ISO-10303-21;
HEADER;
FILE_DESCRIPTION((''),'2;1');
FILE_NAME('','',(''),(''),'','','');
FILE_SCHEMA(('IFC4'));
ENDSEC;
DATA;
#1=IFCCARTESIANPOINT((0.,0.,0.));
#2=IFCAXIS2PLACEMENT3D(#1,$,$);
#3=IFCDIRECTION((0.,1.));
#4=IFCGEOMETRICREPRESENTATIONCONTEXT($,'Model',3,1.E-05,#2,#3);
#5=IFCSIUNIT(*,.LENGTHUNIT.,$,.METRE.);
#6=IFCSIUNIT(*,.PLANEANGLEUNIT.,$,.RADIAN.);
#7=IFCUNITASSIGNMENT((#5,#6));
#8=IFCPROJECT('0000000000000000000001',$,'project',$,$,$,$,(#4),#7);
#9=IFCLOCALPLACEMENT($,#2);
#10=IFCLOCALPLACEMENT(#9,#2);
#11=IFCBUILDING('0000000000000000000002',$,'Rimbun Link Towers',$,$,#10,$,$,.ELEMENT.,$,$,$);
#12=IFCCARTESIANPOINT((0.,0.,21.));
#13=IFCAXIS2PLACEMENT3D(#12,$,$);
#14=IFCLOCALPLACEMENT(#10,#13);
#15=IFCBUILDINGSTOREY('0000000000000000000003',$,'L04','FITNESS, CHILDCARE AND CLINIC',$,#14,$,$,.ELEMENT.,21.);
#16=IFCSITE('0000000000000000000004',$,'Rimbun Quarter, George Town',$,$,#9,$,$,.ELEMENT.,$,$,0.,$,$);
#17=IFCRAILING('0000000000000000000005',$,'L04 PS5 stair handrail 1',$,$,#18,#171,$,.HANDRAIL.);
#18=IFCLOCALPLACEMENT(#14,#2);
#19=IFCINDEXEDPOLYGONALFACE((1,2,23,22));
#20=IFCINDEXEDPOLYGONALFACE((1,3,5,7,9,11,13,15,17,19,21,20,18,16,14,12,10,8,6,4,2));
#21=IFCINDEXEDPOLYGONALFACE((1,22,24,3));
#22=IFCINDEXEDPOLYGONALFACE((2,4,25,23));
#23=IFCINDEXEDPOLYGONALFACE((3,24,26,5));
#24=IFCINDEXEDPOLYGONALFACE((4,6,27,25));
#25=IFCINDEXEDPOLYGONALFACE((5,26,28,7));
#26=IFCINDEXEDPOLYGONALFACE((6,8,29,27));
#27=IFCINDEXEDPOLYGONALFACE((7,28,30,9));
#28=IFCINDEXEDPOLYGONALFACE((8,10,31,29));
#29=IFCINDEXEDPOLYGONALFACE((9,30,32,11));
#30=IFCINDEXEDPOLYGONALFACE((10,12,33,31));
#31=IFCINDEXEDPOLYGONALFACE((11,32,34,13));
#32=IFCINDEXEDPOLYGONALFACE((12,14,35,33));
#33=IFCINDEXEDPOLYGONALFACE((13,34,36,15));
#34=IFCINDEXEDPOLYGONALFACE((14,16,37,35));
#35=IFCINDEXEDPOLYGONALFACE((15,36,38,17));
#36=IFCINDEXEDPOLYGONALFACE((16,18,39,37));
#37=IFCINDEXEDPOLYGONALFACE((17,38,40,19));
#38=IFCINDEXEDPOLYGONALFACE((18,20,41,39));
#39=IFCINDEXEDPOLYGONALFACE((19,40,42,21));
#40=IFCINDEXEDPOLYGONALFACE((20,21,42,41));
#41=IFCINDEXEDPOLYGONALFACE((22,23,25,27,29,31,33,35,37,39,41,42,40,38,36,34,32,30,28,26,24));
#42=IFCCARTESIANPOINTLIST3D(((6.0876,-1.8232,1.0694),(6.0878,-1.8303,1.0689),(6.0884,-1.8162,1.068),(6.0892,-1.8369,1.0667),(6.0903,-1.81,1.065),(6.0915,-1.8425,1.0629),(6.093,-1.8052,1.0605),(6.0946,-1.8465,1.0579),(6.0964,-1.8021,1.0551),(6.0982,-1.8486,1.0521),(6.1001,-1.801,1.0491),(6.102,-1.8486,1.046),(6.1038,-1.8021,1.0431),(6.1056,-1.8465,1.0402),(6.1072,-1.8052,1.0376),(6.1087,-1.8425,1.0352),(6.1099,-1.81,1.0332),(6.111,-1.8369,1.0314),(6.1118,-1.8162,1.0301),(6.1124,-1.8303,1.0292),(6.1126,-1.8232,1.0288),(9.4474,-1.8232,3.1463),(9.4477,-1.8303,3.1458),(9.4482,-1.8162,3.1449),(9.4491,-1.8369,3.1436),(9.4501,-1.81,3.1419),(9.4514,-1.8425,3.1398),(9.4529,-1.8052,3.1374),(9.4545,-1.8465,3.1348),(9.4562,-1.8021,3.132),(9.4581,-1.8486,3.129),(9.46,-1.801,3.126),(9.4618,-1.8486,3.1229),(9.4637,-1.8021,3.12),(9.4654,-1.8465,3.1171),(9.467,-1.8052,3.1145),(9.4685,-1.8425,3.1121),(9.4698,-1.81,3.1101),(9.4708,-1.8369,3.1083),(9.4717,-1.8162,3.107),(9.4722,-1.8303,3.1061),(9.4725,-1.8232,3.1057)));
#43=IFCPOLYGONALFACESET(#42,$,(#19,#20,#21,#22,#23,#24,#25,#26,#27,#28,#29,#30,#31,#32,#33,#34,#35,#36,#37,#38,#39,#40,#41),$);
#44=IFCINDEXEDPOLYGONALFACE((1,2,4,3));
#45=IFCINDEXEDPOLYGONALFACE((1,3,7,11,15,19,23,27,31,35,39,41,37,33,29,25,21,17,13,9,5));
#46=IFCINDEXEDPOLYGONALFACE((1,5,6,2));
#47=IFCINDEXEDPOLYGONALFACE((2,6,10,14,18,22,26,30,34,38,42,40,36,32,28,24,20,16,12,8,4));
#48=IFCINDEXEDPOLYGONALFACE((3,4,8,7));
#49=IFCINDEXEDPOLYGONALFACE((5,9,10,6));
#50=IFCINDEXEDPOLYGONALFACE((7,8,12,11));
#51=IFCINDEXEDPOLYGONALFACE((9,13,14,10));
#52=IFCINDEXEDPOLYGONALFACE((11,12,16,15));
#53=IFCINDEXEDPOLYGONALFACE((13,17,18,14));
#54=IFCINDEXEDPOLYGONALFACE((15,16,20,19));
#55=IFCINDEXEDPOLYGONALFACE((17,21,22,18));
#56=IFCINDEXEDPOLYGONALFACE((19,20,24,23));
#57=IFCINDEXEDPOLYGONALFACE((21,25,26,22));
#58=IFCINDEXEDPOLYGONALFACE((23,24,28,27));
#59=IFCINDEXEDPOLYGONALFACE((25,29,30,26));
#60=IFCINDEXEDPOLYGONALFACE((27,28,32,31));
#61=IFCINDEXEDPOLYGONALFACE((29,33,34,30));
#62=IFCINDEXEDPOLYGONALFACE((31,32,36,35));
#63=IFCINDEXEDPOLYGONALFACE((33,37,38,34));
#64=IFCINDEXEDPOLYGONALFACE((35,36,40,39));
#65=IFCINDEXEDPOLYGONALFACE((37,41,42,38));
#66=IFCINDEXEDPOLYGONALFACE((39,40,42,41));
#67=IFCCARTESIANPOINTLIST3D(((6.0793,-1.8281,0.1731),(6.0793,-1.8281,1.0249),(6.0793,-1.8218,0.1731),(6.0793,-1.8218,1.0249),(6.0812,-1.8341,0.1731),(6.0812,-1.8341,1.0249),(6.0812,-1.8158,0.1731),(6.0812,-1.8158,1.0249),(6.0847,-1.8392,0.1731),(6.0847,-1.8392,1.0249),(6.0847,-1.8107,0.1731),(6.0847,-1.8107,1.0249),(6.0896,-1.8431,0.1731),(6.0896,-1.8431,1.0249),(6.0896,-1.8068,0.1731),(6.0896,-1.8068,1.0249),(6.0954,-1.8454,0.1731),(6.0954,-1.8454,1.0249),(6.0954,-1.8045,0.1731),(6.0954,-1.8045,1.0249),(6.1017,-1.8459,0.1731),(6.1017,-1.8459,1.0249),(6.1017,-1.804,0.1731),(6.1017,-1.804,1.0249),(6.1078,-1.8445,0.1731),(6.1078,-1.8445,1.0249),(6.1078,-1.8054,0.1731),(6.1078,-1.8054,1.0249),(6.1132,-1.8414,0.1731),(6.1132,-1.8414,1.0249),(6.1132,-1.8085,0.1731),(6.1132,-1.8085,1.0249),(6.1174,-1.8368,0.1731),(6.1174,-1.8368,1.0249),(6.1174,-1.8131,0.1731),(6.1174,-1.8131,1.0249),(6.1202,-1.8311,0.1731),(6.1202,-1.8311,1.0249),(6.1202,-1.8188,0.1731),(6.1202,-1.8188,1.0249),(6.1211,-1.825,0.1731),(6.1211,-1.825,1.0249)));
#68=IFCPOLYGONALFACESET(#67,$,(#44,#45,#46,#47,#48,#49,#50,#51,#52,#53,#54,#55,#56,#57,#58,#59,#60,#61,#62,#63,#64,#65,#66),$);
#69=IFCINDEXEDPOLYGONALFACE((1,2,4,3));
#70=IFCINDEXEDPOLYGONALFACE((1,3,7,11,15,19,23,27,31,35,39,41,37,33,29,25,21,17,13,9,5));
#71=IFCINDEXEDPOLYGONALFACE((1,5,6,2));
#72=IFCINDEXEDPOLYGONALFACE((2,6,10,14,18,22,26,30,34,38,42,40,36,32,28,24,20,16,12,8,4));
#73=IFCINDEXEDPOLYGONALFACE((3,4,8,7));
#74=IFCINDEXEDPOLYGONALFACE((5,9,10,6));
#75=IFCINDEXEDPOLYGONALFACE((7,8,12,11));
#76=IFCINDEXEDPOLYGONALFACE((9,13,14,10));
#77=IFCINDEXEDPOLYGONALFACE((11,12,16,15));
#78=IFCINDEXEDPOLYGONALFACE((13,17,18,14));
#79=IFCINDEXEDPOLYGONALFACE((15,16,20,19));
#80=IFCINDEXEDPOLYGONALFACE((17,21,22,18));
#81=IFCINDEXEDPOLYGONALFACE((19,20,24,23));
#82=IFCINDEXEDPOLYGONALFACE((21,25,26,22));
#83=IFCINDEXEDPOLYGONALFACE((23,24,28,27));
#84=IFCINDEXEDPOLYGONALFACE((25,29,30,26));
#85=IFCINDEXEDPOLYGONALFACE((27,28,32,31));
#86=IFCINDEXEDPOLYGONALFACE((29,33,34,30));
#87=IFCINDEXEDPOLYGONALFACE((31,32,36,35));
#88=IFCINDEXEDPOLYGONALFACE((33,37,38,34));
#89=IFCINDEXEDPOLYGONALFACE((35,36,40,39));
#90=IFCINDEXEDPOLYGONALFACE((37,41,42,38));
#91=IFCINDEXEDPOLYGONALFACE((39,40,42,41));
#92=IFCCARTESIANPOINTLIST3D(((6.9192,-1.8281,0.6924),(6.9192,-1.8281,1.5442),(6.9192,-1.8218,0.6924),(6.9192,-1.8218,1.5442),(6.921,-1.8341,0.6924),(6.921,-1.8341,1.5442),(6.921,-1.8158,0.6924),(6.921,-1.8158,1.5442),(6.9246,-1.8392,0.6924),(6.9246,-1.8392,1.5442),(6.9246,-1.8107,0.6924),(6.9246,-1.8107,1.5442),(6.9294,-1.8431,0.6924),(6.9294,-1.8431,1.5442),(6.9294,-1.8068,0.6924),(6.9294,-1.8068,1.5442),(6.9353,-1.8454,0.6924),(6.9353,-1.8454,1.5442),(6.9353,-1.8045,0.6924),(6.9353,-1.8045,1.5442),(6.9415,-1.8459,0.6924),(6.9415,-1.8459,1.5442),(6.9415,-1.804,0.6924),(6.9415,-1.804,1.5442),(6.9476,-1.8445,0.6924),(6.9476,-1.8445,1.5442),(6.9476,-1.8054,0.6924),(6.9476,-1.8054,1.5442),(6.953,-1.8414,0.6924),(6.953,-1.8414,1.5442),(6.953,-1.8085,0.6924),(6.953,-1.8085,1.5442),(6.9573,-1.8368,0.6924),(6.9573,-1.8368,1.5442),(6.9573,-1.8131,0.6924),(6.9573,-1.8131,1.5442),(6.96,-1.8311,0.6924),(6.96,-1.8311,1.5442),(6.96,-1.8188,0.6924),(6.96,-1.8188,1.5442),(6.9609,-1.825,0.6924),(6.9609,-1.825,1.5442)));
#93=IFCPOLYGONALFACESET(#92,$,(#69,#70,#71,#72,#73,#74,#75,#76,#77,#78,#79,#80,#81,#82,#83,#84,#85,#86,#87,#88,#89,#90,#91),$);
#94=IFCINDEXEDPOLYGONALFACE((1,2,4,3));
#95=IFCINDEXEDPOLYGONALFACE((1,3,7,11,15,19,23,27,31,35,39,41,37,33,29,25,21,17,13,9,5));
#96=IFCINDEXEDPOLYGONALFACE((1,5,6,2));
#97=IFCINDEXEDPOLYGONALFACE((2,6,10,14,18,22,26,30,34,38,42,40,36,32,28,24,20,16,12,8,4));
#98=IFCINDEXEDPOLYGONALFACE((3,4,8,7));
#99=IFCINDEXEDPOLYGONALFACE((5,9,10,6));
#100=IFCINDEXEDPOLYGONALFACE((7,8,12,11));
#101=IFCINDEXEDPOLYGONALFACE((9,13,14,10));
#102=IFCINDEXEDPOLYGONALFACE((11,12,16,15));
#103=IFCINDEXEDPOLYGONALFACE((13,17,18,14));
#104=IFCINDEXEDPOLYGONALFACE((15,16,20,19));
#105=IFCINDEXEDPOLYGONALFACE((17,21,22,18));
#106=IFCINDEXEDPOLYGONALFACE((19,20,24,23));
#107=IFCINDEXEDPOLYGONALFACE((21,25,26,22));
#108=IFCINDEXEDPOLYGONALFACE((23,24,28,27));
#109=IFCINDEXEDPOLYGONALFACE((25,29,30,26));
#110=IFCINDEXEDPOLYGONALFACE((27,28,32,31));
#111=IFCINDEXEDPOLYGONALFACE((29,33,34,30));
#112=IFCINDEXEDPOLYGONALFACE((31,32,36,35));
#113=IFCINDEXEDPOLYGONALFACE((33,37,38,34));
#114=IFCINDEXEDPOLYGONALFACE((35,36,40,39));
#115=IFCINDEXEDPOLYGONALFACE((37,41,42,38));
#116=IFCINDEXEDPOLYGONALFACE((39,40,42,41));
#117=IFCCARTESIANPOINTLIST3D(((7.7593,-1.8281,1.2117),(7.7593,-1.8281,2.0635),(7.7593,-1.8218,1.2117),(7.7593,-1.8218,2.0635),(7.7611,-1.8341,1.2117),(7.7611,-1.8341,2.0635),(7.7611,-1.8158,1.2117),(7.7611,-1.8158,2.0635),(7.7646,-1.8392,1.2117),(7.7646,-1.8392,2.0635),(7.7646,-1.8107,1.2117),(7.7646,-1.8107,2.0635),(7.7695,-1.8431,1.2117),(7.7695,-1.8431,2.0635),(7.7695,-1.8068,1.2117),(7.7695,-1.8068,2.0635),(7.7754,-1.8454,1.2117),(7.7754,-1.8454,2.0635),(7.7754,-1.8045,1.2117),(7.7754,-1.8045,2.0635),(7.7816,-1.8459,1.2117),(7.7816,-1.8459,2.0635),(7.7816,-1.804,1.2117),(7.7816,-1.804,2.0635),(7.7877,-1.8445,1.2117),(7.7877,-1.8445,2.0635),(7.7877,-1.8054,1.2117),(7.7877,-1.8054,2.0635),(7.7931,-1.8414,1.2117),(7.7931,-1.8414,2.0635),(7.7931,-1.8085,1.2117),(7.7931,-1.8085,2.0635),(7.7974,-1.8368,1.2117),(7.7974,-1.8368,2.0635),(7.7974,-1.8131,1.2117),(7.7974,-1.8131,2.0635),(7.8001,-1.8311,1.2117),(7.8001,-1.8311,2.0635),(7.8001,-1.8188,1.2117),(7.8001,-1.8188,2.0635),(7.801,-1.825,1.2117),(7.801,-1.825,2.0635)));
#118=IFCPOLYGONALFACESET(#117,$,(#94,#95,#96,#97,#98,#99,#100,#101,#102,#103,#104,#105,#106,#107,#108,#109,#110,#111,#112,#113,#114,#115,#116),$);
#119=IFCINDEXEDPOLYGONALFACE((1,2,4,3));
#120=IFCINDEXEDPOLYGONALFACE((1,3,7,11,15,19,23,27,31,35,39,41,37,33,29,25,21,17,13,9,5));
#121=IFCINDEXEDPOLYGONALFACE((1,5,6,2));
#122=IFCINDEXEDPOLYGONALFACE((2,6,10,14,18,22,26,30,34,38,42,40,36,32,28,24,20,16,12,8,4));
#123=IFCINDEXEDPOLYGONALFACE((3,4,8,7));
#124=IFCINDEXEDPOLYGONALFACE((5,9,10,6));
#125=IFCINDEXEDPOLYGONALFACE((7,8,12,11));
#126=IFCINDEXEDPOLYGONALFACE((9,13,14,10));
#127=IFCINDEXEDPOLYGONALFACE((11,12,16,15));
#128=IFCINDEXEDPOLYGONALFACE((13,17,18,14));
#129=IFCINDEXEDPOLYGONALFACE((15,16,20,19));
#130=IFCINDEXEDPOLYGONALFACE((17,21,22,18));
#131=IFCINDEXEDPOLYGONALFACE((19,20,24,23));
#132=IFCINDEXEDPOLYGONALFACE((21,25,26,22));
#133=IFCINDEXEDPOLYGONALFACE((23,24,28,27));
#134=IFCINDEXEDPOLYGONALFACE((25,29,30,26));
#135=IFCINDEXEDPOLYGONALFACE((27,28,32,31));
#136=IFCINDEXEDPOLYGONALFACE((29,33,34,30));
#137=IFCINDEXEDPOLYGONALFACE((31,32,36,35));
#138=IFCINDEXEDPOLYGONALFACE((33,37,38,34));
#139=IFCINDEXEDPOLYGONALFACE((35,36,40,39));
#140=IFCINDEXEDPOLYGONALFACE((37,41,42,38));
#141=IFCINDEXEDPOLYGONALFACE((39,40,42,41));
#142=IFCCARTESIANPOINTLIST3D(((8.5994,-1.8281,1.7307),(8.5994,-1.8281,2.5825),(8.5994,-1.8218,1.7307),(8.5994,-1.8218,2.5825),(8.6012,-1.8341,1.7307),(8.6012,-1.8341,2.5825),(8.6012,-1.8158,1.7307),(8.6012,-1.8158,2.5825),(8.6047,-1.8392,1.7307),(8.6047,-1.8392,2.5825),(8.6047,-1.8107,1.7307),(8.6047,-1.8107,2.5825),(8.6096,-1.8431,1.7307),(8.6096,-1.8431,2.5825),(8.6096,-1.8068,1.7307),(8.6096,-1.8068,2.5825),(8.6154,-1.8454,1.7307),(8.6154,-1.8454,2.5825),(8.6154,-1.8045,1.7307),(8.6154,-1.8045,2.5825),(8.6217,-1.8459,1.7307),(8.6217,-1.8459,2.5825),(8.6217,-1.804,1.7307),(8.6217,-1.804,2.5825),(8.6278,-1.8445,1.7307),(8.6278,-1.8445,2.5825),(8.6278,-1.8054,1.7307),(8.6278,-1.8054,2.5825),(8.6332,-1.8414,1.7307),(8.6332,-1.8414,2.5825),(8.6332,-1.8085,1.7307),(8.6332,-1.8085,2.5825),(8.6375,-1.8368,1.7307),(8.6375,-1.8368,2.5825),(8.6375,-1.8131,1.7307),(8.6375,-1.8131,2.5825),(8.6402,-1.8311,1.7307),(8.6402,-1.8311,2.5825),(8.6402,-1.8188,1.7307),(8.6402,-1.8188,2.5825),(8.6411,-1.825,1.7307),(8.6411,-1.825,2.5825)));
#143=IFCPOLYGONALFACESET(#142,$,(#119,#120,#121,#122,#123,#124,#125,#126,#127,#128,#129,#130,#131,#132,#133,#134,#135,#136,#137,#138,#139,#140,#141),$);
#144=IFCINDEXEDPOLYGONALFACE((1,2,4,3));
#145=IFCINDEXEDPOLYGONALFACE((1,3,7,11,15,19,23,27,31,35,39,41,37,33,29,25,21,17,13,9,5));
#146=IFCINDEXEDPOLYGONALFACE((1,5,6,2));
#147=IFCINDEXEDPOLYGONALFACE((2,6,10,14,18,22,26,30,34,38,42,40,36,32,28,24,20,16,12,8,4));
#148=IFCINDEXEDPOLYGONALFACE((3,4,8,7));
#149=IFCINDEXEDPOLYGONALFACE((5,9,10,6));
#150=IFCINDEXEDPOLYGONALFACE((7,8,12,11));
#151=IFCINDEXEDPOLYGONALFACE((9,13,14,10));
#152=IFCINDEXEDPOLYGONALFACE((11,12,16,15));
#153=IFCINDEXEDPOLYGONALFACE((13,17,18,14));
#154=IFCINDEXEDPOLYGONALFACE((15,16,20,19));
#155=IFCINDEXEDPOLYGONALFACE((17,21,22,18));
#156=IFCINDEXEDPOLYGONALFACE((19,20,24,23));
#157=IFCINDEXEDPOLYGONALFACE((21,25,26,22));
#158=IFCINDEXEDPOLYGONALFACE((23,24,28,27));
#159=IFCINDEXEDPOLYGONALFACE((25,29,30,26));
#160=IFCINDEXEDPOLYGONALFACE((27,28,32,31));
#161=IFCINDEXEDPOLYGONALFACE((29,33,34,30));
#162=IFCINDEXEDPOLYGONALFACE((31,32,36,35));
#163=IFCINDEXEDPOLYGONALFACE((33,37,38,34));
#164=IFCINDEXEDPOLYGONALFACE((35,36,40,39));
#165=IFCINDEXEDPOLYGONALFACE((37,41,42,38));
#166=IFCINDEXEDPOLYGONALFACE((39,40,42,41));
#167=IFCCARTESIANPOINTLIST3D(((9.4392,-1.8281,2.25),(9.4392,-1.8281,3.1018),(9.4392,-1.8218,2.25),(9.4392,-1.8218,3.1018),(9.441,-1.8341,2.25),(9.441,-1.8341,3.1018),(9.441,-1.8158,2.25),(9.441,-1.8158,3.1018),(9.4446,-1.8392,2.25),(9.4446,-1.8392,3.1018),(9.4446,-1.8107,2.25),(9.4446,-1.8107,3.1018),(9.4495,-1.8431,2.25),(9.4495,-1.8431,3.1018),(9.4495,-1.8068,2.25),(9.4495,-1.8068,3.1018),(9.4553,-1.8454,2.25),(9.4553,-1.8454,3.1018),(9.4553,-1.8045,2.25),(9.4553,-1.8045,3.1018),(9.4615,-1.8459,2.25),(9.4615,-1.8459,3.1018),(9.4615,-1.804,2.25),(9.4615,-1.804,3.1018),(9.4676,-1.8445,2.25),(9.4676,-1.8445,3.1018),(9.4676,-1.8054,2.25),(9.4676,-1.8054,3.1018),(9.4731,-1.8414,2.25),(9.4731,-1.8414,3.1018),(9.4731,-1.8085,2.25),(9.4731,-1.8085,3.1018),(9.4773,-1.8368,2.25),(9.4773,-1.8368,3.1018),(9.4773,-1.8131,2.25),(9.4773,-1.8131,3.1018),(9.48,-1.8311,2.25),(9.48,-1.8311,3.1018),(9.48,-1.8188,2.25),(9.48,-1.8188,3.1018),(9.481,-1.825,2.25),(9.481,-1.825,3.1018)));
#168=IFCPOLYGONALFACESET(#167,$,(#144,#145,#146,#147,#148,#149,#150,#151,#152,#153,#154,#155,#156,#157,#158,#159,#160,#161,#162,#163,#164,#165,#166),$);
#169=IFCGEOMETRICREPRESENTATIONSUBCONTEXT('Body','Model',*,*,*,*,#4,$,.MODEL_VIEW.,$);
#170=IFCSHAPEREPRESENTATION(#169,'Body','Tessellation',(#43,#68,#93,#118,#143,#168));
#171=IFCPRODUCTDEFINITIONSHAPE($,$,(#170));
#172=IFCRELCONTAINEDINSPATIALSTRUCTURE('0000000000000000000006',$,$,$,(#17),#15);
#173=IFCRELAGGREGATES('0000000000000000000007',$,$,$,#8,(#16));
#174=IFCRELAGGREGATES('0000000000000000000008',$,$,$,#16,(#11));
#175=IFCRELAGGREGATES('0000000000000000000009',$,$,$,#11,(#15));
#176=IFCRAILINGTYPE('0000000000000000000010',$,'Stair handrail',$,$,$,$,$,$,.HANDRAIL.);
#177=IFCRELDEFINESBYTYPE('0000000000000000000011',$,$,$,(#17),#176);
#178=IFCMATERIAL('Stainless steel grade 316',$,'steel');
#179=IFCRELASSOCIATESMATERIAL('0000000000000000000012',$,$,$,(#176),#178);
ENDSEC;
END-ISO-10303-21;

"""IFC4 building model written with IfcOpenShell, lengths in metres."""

from ifc_helpers import new_model, si_unit, direction, frame, origin, origin_2d, place, context, subcontext, project, spatial, circle, extrude, material, type_object, element, save


model = new_model("IFC4")

# Units and contexts
model_context = context("Model", 3, precision=1e-05, world=origin(), true_north=direction((0.0, 1.0)))
body_context = subcontext(model_context, "Body", "Model", "MODEL_VIEW")
ifc_project = project(units=[si_unit("LENGTHUNIT", "METRE"), si_unit("PLANEANGLEUNIT", "RADIAN")], contexts=[model_context])

# Site, building, storey
site_placement = place(None, origin())
site = spatial("IfcSite", under=ifc_project, at=site_placement, Name="Rimbun Quarter, George Town", CompositionType="ELEMENT", RefElevation=0.0)
building_placement = place(site_placement, origin())
building = spatial("IfcBuilding", under=site, at=building_placement, Name="Rimbun Link Towers", CompositionType="ELEMENT")
storey_placement = place(building_placement, frame((0.0, 0.0, 21.0)))
storey = spatial("IfcBuildingStorey", under=building, at=storey_placement, Name="L04", Description="FITNESS, CHILDCARE AND CLINIC", CompositionType="ELEMENT", Elevation=21.0)

# Railing
ifc_material_1 = material(Name="Stainless steel grade 316", Category="steel")
railing_type_1 = type_object("IfcRailingType", Name="Stair handrail", PredefinedType="HANDRAIL", material=ifc_material_1)
railing_1_placement = place(storey_placement, frame((6.1001, -1.825, 0.1731)))
element("IfcRailing", 1, at=railing_1_placement, inside=storey, type_object=railing_type_1, Name="L04 PS5 stair handrail 1", PredefinedType="HANDRAIL", context=body_context, shape_type="SweptSolid", body=[
    extrude(circle(Radius=0.0239, at=origin_2d()), frame((0.0, 0.0, 0.876), z_axis=(0.850606, 0.0, 0.525803), x_axis=(0.0, 1.0, 0.0)), (0.0, 0.0, 1.0), 3.95),
    extrude(circle(Radius=0.021, at=origin_2d()), origin(), (0.0, 0.0, 1.0), 0.8518),
    extrude(circle(Radius=0.021, at=origin_2d()), frame((0.8398, 0.0, 0.5193)), (0.0, 0.0, 1.0), 0.8518),
    extrude(circle(Radius=0.021, at=origin_2d()), frame((1.6799, 0.0, 1.0386)), (0.0, 0.0, 1.0), 0.8518),
    extrude(circle(Radius=0.021, at=origin_2d()), frame((2.52, 0.0, 1.5576)), (0.0, 0.0, 1.0), 0.8518),
    extrude(circle(Radius=0.021, at=origin_2d()), frame((3.3599, 0.0, 2.0769)), (0.0, 0.0, 1.0), 0.8518),
])

save(model, "model.ifc")
